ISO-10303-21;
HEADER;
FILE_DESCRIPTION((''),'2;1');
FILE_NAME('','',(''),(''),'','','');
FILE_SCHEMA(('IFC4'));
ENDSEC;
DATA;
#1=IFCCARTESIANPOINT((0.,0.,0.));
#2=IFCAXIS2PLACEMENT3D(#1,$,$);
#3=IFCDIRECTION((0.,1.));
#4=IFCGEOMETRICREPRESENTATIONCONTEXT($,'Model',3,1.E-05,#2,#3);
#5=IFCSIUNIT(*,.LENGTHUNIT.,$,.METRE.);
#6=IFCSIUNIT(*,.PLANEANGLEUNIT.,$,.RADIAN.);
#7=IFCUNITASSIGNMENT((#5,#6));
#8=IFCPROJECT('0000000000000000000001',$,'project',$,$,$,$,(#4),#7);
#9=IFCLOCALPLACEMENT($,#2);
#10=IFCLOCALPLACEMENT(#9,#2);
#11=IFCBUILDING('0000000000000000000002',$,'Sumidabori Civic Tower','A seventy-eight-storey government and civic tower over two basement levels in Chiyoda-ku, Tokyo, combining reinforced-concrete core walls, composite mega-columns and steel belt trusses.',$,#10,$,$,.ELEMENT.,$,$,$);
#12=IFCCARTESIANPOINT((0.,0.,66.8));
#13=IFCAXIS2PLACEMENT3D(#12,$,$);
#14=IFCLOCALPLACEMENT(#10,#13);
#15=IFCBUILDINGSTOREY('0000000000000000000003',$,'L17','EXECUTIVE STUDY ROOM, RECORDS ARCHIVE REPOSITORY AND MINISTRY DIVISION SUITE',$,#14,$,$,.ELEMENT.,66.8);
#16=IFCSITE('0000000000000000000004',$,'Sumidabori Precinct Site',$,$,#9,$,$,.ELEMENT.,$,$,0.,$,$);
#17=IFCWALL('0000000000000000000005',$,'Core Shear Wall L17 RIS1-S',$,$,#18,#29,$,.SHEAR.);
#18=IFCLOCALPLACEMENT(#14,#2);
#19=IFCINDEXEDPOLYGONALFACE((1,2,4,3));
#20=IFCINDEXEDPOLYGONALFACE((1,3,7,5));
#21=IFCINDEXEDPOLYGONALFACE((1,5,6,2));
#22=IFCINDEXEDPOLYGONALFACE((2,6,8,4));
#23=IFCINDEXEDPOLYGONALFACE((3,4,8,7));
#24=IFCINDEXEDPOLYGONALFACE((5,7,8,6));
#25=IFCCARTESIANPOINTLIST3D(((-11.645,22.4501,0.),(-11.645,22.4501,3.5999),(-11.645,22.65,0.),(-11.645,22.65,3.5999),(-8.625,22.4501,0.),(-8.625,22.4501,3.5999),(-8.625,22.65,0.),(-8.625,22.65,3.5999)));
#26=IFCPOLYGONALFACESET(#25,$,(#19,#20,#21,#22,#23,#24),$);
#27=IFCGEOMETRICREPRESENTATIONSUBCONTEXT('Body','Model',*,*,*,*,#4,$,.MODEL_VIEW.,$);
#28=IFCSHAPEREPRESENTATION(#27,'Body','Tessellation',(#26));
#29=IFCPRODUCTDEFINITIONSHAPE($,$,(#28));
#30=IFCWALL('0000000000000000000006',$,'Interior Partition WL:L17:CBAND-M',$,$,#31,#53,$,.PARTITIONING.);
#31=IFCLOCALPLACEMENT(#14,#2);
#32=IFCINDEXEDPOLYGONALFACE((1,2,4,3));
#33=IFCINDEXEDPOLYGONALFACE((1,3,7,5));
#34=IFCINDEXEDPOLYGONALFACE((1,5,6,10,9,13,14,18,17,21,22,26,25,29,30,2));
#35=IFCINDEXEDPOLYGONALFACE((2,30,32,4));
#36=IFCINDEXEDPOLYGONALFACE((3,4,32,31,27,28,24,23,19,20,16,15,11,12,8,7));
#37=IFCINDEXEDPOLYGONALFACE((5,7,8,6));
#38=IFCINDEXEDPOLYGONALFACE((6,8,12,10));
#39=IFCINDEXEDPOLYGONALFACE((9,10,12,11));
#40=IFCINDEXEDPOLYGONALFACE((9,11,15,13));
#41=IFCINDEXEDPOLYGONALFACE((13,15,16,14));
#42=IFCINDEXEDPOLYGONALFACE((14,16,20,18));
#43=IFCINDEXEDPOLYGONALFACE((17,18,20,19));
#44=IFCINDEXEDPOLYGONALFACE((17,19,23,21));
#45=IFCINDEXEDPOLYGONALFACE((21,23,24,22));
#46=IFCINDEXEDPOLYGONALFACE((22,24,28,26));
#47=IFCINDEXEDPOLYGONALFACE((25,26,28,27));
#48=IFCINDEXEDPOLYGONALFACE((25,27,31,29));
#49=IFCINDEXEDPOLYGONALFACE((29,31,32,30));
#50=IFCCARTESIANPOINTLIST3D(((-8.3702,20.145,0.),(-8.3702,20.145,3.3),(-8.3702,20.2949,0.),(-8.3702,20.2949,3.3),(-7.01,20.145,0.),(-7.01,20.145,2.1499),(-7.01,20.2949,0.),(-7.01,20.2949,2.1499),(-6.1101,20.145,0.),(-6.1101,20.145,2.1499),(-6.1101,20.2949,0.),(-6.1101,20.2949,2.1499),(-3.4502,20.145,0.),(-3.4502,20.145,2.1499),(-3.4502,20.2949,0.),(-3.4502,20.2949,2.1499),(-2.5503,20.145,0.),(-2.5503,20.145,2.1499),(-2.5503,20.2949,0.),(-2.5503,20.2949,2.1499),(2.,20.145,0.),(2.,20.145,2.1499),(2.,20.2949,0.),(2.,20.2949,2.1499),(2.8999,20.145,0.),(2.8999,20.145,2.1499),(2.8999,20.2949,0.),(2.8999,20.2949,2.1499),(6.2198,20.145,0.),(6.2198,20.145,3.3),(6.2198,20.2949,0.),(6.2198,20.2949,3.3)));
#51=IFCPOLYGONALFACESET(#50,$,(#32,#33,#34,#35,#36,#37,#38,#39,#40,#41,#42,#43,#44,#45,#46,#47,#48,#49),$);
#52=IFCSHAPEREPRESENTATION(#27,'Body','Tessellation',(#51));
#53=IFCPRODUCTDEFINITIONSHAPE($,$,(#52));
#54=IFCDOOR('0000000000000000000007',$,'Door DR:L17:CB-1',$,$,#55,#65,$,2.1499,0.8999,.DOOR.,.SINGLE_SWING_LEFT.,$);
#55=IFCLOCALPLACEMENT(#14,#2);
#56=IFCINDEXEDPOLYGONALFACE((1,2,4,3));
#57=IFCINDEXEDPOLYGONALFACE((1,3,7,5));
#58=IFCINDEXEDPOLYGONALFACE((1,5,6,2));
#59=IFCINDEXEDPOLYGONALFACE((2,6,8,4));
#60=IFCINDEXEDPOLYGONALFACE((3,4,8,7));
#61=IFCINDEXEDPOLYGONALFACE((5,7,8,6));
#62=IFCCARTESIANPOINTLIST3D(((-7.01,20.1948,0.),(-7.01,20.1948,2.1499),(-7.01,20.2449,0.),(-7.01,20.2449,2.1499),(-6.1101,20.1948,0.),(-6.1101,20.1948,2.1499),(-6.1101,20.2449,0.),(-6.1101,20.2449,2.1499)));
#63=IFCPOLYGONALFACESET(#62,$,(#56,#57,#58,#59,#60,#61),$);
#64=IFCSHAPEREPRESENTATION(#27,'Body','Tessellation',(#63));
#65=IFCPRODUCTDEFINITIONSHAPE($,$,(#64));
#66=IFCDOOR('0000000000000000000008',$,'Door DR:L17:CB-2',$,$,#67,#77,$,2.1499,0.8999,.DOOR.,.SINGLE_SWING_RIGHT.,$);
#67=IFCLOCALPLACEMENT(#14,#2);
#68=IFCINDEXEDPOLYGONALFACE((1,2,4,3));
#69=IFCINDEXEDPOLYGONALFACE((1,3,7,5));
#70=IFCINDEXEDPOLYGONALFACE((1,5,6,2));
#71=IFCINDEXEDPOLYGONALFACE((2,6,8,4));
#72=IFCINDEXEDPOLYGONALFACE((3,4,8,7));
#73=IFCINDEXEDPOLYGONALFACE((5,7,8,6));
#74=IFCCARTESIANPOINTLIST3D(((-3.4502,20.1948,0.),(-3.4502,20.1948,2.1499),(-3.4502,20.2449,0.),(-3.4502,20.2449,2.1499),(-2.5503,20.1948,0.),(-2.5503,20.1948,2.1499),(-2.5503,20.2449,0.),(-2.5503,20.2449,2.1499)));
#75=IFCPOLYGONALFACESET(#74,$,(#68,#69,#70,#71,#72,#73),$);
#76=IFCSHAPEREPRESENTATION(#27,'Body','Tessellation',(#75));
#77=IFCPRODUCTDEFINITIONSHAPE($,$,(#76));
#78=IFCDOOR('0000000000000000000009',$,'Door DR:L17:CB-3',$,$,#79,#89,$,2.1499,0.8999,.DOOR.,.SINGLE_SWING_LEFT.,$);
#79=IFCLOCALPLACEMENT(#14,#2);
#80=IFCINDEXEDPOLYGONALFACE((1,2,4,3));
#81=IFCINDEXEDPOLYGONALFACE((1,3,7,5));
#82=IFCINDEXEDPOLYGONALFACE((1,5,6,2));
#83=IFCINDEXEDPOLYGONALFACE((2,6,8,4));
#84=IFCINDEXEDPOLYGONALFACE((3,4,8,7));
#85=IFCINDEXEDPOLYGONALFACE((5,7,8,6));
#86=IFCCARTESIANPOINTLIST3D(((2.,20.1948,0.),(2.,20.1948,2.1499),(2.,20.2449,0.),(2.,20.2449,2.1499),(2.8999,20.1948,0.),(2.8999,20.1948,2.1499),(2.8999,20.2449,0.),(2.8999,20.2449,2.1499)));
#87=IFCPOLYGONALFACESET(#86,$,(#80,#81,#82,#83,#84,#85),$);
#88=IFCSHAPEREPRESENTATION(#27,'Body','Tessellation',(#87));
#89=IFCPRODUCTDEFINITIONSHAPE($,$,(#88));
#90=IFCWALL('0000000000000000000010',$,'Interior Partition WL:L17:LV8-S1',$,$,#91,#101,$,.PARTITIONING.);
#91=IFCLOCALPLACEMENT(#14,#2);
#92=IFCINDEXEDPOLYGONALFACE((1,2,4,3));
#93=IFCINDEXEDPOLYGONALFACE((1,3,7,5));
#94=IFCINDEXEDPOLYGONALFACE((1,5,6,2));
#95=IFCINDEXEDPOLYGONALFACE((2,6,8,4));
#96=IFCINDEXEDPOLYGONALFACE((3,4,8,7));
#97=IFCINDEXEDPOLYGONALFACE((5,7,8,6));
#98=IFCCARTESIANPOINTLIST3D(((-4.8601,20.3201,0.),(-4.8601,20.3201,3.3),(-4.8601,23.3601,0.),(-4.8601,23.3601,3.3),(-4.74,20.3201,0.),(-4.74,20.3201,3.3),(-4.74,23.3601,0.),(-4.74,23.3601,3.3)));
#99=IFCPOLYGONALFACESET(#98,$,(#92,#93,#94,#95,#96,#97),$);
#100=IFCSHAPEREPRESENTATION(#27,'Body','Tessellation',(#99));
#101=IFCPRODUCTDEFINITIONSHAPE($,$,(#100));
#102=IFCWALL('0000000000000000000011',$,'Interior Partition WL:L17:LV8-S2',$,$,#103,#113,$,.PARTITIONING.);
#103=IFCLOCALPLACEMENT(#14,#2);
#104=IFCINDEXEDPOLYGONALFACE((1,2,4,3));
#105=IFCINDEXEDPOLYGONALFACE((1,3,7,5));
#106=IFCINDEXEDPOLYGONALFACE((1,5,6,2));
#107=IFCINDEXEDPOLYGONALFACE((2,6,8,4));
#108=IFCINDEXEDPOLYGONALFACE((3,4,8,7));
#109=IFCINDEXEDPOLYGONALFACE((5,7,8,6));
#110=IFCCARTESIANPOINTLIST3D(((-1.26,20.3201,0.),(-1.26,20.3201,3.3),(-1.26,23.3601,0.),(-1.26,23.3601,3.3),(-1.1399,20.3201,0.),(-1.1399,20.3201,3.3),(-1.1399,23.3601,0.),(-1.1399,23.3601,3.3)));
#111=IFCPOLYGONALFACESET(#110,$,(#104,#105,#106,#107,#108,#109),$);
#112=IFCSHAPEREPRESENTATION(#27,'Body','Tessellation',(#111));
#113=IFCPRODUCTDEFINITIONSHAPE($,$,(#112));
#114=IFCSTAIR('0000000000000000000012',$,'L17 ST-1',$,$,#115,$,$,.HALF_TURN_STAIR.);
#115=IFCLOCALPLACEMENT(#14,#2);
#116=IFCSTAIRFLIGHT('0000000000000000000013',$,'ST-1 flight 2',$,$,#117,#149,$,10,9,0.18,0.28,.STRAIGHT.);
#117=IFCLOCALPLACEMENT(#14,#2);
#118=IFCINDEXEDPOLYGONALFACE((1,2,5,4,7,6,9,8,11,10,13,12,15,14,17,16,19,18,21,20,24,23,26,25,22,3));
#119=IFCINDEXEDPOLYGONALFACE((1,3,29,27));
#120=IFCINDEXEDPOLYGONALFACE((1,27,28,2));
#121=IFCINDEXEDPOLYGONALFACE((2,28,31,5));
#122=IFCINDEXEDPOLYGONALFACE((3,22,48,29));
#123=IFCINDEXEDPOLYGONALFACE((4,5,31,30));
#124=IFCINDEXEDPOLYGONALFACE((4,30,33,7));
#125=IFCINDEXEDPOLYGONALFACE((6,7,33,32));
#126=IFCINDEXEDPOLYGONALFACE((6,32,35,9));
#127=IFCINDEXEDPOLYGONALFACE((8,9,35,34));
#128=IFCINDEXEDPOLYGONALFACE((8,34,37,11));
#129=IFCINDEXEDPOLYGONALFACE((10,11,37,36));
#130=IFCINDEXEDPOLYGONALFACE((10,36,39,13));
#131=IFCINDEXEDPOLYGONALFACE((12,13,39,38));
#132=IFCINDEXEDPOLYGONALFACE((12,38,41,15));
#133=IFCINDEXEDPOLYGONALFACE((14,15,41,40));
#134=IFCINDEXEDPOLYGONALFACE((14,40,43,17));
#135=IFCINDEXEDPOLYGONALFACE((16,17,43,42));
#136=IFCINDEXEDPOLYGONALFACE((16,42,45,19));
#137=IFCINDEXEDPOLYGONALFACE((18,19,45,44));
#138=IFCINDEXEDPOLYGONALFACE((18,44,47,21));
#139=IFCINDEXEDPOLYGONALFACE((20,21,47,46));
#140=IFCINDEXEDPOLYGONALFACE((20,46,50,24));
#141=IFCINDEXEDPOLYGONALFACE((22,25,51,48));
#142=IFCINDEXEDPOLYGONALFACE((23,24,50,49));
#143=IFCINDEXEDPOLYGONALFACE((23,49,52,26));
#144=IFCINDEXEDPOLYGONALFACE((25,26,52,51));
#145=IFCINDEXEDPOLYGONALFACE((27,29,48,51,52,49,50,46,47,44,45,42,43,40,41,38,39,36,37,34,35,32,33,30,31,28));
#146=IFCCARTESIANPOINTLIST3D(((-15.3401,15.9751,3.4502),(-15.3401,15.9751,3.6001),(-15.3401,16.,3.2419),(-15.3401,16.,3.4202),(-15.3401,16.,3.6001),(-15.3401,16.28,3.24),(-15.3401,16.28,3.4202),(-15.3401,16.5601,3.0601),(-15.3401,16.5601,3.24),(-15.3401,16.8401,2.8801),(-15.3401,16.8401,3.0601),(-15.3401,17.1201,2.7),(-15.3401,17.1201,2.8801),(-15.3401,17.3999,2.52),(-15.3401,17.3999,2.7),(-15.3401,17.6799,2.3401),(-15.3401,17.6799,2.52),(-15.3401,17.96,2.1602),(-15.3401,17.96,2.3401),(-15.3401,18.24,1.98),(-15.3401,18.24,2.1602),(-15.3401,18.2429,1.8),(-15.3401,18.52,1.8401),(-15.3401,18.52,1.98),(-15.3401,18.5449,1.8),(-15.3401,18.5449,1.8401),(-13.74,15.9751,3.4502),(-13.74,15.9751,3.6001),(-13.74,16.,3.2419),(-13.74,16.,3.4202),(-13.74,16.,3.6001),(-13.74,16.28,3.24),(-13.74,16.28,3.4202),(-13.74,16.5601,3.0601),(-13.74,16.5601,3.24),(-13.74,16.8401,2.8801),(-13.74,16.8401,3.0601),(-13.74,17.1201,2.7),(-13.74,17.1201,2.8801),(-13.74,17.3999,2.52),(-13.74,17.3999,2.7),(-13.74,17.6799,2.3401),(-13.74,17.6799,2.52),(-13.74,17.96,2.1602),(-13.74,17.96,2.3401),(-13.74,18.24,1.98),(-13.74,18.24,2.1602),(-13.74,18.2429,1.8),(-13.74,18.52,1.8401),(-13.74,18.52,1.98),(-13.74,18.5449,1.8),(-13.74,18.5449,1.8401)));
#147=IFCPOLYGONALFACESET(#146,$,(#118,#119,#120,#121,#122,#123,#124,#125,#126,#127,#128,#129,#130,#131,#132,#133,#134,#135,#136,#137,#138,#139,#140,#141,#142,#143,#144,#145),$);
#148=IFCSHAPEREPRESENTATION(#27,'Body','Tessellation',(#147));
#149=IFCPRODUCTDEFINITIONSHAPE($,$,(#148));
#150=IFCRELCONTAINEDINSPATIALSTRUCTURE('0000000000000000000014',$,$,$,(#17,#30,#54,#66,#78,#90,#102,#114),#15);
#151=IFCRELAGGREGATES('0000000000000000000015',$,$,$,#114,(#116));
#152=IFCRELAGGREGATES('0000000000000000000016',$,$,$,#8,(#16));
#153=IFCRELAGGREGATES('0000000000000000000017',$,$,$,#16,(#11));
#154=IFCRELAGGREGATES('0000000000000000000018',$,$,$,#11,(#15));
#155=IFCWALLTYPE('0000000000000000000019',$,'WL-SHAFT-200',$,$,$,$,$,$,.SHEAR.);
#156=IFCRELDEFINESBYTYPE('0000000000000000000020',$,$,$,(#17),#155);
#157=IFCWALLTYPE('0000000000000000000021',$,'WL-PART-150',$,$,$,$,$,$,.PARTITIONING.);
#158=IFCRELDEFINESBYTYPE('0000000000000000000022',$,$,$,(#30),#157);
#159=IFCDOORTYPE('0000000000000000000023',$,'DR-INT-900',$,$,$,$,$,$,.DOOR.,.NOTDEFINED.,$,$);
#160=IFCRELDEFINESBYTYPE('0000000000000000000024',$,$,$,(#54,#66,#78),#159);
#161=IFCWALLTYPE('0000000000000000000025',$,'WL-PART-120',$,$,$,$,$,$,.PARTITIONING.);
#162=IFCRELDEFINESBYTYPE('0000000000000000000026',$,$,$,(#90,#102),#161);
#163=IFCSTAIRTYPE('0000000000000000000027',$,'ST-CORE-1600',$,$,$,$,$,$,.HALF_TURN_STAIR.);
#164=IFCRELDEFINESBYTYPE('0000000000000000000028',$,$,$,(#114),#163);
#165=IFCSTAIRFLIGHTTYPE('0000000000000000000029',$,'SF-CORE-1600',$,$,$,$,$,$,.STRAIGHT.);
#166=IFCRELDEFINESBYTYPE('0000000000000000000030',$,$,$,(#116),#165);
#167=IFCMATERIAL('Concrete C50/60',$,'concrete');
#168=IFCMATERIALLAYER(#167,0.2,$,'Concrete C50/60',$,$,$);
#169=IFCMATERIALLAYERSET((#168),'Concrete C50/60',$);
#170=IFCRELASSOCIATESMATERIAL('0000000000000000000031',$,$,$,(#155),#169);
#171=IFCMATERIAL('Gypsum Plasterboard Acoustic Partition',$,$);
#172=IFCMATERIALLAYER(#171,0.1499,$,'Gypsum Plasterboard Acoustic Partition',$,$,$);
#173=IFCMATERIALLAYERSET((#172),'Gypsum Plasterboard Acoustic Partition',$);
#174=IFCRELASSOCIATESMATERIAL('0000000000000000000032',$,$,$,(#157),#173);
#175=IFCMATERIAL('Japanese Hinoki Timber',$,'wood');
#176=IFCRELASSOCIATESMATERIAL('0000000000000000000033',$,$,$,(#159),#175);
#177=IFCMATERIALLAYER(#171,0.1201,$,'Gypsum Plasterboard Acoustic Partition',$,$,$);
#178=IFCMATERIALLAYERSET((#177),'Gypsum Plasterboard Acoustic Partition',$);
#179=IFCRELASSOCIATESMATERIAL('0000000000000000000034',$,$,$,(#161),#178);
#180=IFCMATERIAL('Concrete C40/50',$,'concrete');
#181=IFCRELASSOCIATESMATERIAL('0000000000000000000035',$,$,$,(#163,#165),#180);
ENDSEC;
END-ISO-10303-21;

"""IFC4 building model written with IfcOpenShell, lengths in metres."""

from ifc_helpers import new_model, si_unit, direction, frame, frame_2d, origin, place, context, subcontext, project, spatial, polyline, rectangle, outline, extrude, source, transform, mapped, material, layer, layer_set, type_object, element, fill, aggregate, save


model = new_model("IFC4")

# Units and contexts
model_context = context("Model", 3, precision=1e-05, world=origin(), true_north=direction((0.0, 1.0)))
body_context = subcontext(model_context, "Body", "Model", "MODEL_VIEW")
ifc_project = project(units=[si_unit("LENGTHUNIT", "METRE"), si_unit("PLANEANGLEUNIT", "RADIAN")], contexts=[model_context])

# Site, building, storey
site_placement = place(None, origin())
site = spatial("IfcSite", under=ifc_project, at=site_placement, Name="Sumidabori Precinct Site", CompositionType="ELEMENT", RefElevation=0.0)
building_placement = place(site_placement, origin())
building = spatial("IfcBuilding", under=site, at=building_placement, Name="Sumidabori Civic Tower", Description="A seventy-eight-storey government and civic tower over two basement levels in Chiyoda-ku, Tokyo, combining reinforced-concrete core walls, composite mega-columns and steel belt trusses.", CompositionType="ELEMENT")
storey_placement = place(building_placement, frame((0.0, 0.0, 66.8)))
storey = spatial("IfcBuildingStorey", under=building, at=storey_placement, Name="L17", Description="EXECUTIVE STUDY ROOM, RECORDS ARCHIVE REPOSITORY AND MINISTRY DIVISION SUITE", CompositionType="ELEMENT", Elevation=66.8)

# Wall
ifc_material_1 = material(Name="Concrete C50/60", Category="concrete")
ifc_layer_1 = layer(ifc_material_1, 0.2, Name="Concrete C50/60")
ifc_layer_set_1 = layer_set([ifc_layer_1], Name="Concrete C50/60")
wall_type_1 = type_object("IfcWallType", Name="WL-SHAFT-200", PredefinedType="SHEAR", material=ifc_layer_set_1)
shared_shape_1 = source(origin(), body_context, "Body", "SweptSolid", [
    extrude(rectangle(XDim=3.02, YDim=0.2, at=frame_2d((1.51, 0.0))), origin(), (0.0, 0.0, 1.0), 3.5999),
])
wall_1_placement = place(storey_placement, frame((-11.645, 22.55, 0.0), z_axis=(0.0, 0.0, 1.0), x_axis=(1.0, 0.0, 0.0)))
element("IfcWall", 1, at=wall_1_placement, inside=storey, type_object=wall_type_1, Name="Core Shear Wall L17 RIS1-S", PredefinedType="SHEAR", context=body_context, shape_type="MappedRepresentation", body=[
    mapped(shared_shape_1, transform((0.0, 0.0, 0.0), x_axis=(1.0, 0.0, 0.0), y_axis=(0.0, 1.0, 0.0), z_axis=(0.0, 0.0, 1.0), scale=1.0)),
])

# Wall, openings, doors
ifc_material_2 = material(Name="Gypsum Plasterboard Acoustic Partition")
ifc_layer_2 = layer(ifc_material_2, 0.1499, Name="Gypsum Plasterboard Acoustic Partition")
ifc_layer_set_2 = layer_set([ifc_layer_2], Name="Gypsum Plasterboard Acoustic Partition")
wall_type_2 = type_object("IfcWallType", Name="WL-PART-150", PredefinedType="PARTITIONING", material=ifc_layer_set_2)
shared_shape_2 = source(origin(), body_context, "Body", "SweptSolid", [
    extrude(rectangle(XDim=14.5901, YDim=0.1499, at=frame_2d((7.2949, 0.0))), origin(), (0.0, 0.0, 1.0), 3.3),
])
wall_2_placement = place(storey_placement, frame((-8.3701, 20.22, 0.0), z_axis=(0.0, 0.0, 1.0), x_axis=(1.0, 0.0, 0.0)))
wall_2 = element("IfcWall", 2, at=wall_2_placement, inside=storey, type_object=wall_type_2, Name="Interior Partition WL:L17:CBAND-M", PredefinedType="PARTITIONING", context=body_context, shape_type="MappedRepresentation", body=[
    mapped(shared_shape_2, transform((0.0, 0.0, 0.0), x_axis=(1.0, 0.0, 0.0), y_axis=(0.0, 1.0, 0.0), z_axis=(0.0, 0.0, 1.0), scale=1.0)),
])
opening_1_placement = place(wall_2_placement, frame((1.3601, 0.0, 0.0)))
opening_1 = element("IfcOpeningElement", 3, at=opening_1_placement, cuts=wall_2, PredefinedType="OPENING", context=body_context, shape_type="SweptSolid", body=[
    extrude(rectangle(XDim=0.8999, YDim=2.1499, at=frame_2d((0.45, 1.075))), frame((0.0, 0.0869, 0.0), z_axis=(0.0, -1.0, 0.0), x_axis=(1.0, 0.0, 0.0)), (0.0, 0.0, 1.0), 0.1738),
])
opening_2_placement = place(wall_2_placement, frame((4.9199, 0.0, 0.0)))
opening_2 = element("IfcOpeningElement", 4, at=opening_2_placement, cuts=wall_2, PredefinedType="OPENING", context=body_context, shape_type="SweptSolid", body=[
    extrude(rectangle(XDim=0.8999, YDim=2.1499, at=frame_2d((0.45, 1.075))), frame((0.0, 0.0869, 0.0), z_axis=(0.0, -1.0, 0.0), x_axis=(1.0, 0.0, 0.0)), (0.0, 0.0, 1.0), 0.1738),
])
opening_3_placement = place(wall_2_placement, frame((10.3701, 0.0, 0.0)))
opening_3 = element("IfcOpeningElement", 5, at=opening_3_placement, cuts=wall_2, PredefinedType="OPENING", context=body_context, shape_type="SweptSolid", body=[
    extrude(rectangle(XDim=0.8999, YDim=2.1499, at=frame_2d((0.45, 1.075))), frame((0.0, 0.0869, 0.0), z_axis=(0.0, -1.0, 0.0), x_axis=(1.0, 0.0, 0.0)), (0.0, 0.0, 1.0), 0.1738),
])
ifc_material_3 = material(Name="Japanese Hinoki Timber", Category="wood")
door_type = type_object("IfcDoorType", Name="DR-INT-900", OperationType="NOTDEFINED", PredefinedType="DOOR", material=ifc_material_3)
shared_shape_3 = source(origin(), body_context, "Body", "SweptSolid", [
    extrude(rectangle(XDim=0.8999, YDim=2.1499, at=frame_2d((0.45, 1.075))), frame((0.0, 0.0249, 0.0), z_axis=(0.0, -1.0, 0.0), x_axis=(1.0, 0.0, 0.0)), (0.0, 0.0, 1.0), 0.05),
])
door_1_placement = place(opening_1_placement, origin())
door_1 = element("IfcDoor", 6, at=door_1_placement, inside=storey, type_object=door_type, Name="Door DR:L17:CB-1", OperationType="SINGLE_SWING_LEFT", OverallHeight=2.1499, OverallWidth=0.8999, PredefinedType="DOOR", context=body_context, shape_type="MappedRepresentation", body=[
    mapped(shared_shape_3, transform((0.0, 0.0, 0.0), x_axis=(1.0, 0.0, 0.0), y_axis=(0.0, 1.0, 0.0), z_axis=(0.0, 0.0, 1.0), scale=1.0)),
])
fill(opening_1, door_1)
door_2_placement = place(opening_2_placement, origin())
door_2 = element("IfcDoor", 7, at=door_2_placement, inside=storey, type_object=door_type, Name="Door DR:L17:CB-2", OperationType="SINGLE_SWING_RIGHT", OverallHeight=2.1499, OverallWidth=0.8999, PredefinedType="DOOR", context=body_context, shape_type="MappedRepresentation", body=[
    mapped(shared_shape_3, transform((0.0, 0.0, 0.0), x_axis=(1.0, 0.0, 0.0), y_axis=(0.0, 1.0, 0.0), z_axis=(0.0, 0.0, 1.0), scale=1.0)),
])
fill(opening_2, door_2)
door_3_placement = place(opening_3_placement, origin())
door_3 = element("IfcDoor", 8, at=door_3_placement, inside=storey, type_object=door_type, Name="Door DR:L17:CB-3", OperationType="SINGLE_SWING_LEFT", OverallHeight=2.1499, OverallWidth=0.8999, PredefinedType="DOOR", context=body_context, shape_type="MappedRepresentation", body=[
    mapped(shared_shape_3, transform((0.0, 0.0, 0.0), x_axis=(1.0, 0.0, 0.0), y_axis=(0.0, 1.0, 0.0), z_axis=(0.0, 0.0, 1.0), scale=1.0)),
])
fill(opening_3, door_3)

# Walls
ifc_layer_3 = layer(ifc_material_2, 0.1201, Name="Gypsum Plasterboard Acoustic Partition")
ifc_layer_set_3 = layer_set([ifc_layer_3], Name="Gypsum Plasterboard Acoustic Partition")
wall_type_3 = type_object("IfcWallType", Name="WL-PART-120", PredefinedType="PARTITIONING", material=ifc_layer_set_3)
shared_shape_4 = source(origin(), body_context, "Body", "SweptSolid", [
    extrude(rectangle(XDim=3.04, YDim=0.1201, at=frame_2d((1.52, 0.0))), origin(), (0.0, 0.0, 1.0), 3.3),
])
for number, where, z_axis, x_axis, name in (
    (9, (-4.8, 20.3201, 0.0), (0.0, 0.0, 1.0), (0.0, 1.0, 0.0), "Interior Partition WL:L17:LV8-S1"),
    (10, (-1.2, 20.3201, 0.0), (0.0, 0.0, 1.0), (0.0, 1.0, 0.0), "Interior Partition WL:L17:LV8-S2"),
):
    element("IfcWall", number, at=place(storey_placement, frame(where, z_axis=z_axis, x_axis=x_axis)), inside=storey, type_object=wall_type_3, Name=name, PredefinedType="PARTITIONING", context=body_context, shape_type="MappedRepresentation", body=[
        mapped(shared_shape_4, transform((0.0, 0.0, 0.0), x_axis=(1.0, 0.0, 0.0), y_axis=(0.0, 1.0, 0.0), z_axis=(0.0, 0.0, 1.0), scale=1.0)),
    ])

# Stair, stair flight
ifc_material_4 = material(Name="Concrete C40/50", Category="concrete")
stair_type = type_object("IfcStairType", Name="ST-CORE-1600", PredefinedType="HALF_TURN_STAIR", material=ifc_material_4)
stair_placement = place(storey_placement, origin())
stair = element("IfcStair", 11, at=stair_placement, inside=storey, type_object=stair_type, Name="L17 ST-1", PredefinedType="HALF_TURN_STAIR")
stair_flight_type = type_object("IfcStairFlightType", Name="SF-CORE-1600", PredefinedType="STRAIGHT", material=ifc_material_4)
shared_shape_5 = source(origin(), body_context, "Body", "SweptSolid", [
    extrude(outline(polyline([(-0.0249, 0.0), (-0.0249, 0.04), (0.0, 0.04), (0.0, 0.1799), (0.28, 0.1799), (0.28, 0.3601), (0.5601, 0.3601), (0.5601, 0.54), (0.8401, 0.54), (0.8401, 0.72), (1.1201, 0.72), (1.1201, 0.8999), (1.3999, 0.8999), (1.3999, 1.0801), (1.6799, 1.0801), (1.6799, 1.26), (1.96, 1.26), (1.96, 1.4399), (2.24, 1.4399), (2.24, 1.6201), (2.52, 1.6201), (2.52, 1.8), (2.5449, 1.8), (2.5449, 1.6501), (2.52, 1.4419), (0.2771, 0.0), (-0.0249, 0.0)])), frame((0.0, 0.8, 0.0), z_axis=(0.0, -1.0, 0.0), x_axis=(1.0, 0.0, 0.0)), (0.0, 0.0, 1.0), 1.6001),
])
stair_flight_placement = place(storey_placement, frame((-14.54, 18.52, 1.8), z_axis=(0.0, 0.0, 1.0), x_axis=(0.0, -1.0, 0.0)))
stair_flight = element("IfcStairFlight", 12, at=stair_flight_placement, type_object=stair_flight_type, Name="ST-1 flight 2", NumberOfRisers=10, NumberOfTreads=9, PredefinedType="STRAIGHT", RiserHeight=0.18, TreadLength=0.28, context=body_context, shape_type="MappedRepresentation", body=[
    mapped(shared_shape_5, transform((0.0, 0.0, 0.0), x_axis=(1.0, 0.0, 0.0), y_axis=(0.0, 1.0, 0.0), z_axis=(0.0, 0.0, 1.0), scale=1.0)),
])
aggregate(stair, [stair_flight])

save(model, "model.ifc")
